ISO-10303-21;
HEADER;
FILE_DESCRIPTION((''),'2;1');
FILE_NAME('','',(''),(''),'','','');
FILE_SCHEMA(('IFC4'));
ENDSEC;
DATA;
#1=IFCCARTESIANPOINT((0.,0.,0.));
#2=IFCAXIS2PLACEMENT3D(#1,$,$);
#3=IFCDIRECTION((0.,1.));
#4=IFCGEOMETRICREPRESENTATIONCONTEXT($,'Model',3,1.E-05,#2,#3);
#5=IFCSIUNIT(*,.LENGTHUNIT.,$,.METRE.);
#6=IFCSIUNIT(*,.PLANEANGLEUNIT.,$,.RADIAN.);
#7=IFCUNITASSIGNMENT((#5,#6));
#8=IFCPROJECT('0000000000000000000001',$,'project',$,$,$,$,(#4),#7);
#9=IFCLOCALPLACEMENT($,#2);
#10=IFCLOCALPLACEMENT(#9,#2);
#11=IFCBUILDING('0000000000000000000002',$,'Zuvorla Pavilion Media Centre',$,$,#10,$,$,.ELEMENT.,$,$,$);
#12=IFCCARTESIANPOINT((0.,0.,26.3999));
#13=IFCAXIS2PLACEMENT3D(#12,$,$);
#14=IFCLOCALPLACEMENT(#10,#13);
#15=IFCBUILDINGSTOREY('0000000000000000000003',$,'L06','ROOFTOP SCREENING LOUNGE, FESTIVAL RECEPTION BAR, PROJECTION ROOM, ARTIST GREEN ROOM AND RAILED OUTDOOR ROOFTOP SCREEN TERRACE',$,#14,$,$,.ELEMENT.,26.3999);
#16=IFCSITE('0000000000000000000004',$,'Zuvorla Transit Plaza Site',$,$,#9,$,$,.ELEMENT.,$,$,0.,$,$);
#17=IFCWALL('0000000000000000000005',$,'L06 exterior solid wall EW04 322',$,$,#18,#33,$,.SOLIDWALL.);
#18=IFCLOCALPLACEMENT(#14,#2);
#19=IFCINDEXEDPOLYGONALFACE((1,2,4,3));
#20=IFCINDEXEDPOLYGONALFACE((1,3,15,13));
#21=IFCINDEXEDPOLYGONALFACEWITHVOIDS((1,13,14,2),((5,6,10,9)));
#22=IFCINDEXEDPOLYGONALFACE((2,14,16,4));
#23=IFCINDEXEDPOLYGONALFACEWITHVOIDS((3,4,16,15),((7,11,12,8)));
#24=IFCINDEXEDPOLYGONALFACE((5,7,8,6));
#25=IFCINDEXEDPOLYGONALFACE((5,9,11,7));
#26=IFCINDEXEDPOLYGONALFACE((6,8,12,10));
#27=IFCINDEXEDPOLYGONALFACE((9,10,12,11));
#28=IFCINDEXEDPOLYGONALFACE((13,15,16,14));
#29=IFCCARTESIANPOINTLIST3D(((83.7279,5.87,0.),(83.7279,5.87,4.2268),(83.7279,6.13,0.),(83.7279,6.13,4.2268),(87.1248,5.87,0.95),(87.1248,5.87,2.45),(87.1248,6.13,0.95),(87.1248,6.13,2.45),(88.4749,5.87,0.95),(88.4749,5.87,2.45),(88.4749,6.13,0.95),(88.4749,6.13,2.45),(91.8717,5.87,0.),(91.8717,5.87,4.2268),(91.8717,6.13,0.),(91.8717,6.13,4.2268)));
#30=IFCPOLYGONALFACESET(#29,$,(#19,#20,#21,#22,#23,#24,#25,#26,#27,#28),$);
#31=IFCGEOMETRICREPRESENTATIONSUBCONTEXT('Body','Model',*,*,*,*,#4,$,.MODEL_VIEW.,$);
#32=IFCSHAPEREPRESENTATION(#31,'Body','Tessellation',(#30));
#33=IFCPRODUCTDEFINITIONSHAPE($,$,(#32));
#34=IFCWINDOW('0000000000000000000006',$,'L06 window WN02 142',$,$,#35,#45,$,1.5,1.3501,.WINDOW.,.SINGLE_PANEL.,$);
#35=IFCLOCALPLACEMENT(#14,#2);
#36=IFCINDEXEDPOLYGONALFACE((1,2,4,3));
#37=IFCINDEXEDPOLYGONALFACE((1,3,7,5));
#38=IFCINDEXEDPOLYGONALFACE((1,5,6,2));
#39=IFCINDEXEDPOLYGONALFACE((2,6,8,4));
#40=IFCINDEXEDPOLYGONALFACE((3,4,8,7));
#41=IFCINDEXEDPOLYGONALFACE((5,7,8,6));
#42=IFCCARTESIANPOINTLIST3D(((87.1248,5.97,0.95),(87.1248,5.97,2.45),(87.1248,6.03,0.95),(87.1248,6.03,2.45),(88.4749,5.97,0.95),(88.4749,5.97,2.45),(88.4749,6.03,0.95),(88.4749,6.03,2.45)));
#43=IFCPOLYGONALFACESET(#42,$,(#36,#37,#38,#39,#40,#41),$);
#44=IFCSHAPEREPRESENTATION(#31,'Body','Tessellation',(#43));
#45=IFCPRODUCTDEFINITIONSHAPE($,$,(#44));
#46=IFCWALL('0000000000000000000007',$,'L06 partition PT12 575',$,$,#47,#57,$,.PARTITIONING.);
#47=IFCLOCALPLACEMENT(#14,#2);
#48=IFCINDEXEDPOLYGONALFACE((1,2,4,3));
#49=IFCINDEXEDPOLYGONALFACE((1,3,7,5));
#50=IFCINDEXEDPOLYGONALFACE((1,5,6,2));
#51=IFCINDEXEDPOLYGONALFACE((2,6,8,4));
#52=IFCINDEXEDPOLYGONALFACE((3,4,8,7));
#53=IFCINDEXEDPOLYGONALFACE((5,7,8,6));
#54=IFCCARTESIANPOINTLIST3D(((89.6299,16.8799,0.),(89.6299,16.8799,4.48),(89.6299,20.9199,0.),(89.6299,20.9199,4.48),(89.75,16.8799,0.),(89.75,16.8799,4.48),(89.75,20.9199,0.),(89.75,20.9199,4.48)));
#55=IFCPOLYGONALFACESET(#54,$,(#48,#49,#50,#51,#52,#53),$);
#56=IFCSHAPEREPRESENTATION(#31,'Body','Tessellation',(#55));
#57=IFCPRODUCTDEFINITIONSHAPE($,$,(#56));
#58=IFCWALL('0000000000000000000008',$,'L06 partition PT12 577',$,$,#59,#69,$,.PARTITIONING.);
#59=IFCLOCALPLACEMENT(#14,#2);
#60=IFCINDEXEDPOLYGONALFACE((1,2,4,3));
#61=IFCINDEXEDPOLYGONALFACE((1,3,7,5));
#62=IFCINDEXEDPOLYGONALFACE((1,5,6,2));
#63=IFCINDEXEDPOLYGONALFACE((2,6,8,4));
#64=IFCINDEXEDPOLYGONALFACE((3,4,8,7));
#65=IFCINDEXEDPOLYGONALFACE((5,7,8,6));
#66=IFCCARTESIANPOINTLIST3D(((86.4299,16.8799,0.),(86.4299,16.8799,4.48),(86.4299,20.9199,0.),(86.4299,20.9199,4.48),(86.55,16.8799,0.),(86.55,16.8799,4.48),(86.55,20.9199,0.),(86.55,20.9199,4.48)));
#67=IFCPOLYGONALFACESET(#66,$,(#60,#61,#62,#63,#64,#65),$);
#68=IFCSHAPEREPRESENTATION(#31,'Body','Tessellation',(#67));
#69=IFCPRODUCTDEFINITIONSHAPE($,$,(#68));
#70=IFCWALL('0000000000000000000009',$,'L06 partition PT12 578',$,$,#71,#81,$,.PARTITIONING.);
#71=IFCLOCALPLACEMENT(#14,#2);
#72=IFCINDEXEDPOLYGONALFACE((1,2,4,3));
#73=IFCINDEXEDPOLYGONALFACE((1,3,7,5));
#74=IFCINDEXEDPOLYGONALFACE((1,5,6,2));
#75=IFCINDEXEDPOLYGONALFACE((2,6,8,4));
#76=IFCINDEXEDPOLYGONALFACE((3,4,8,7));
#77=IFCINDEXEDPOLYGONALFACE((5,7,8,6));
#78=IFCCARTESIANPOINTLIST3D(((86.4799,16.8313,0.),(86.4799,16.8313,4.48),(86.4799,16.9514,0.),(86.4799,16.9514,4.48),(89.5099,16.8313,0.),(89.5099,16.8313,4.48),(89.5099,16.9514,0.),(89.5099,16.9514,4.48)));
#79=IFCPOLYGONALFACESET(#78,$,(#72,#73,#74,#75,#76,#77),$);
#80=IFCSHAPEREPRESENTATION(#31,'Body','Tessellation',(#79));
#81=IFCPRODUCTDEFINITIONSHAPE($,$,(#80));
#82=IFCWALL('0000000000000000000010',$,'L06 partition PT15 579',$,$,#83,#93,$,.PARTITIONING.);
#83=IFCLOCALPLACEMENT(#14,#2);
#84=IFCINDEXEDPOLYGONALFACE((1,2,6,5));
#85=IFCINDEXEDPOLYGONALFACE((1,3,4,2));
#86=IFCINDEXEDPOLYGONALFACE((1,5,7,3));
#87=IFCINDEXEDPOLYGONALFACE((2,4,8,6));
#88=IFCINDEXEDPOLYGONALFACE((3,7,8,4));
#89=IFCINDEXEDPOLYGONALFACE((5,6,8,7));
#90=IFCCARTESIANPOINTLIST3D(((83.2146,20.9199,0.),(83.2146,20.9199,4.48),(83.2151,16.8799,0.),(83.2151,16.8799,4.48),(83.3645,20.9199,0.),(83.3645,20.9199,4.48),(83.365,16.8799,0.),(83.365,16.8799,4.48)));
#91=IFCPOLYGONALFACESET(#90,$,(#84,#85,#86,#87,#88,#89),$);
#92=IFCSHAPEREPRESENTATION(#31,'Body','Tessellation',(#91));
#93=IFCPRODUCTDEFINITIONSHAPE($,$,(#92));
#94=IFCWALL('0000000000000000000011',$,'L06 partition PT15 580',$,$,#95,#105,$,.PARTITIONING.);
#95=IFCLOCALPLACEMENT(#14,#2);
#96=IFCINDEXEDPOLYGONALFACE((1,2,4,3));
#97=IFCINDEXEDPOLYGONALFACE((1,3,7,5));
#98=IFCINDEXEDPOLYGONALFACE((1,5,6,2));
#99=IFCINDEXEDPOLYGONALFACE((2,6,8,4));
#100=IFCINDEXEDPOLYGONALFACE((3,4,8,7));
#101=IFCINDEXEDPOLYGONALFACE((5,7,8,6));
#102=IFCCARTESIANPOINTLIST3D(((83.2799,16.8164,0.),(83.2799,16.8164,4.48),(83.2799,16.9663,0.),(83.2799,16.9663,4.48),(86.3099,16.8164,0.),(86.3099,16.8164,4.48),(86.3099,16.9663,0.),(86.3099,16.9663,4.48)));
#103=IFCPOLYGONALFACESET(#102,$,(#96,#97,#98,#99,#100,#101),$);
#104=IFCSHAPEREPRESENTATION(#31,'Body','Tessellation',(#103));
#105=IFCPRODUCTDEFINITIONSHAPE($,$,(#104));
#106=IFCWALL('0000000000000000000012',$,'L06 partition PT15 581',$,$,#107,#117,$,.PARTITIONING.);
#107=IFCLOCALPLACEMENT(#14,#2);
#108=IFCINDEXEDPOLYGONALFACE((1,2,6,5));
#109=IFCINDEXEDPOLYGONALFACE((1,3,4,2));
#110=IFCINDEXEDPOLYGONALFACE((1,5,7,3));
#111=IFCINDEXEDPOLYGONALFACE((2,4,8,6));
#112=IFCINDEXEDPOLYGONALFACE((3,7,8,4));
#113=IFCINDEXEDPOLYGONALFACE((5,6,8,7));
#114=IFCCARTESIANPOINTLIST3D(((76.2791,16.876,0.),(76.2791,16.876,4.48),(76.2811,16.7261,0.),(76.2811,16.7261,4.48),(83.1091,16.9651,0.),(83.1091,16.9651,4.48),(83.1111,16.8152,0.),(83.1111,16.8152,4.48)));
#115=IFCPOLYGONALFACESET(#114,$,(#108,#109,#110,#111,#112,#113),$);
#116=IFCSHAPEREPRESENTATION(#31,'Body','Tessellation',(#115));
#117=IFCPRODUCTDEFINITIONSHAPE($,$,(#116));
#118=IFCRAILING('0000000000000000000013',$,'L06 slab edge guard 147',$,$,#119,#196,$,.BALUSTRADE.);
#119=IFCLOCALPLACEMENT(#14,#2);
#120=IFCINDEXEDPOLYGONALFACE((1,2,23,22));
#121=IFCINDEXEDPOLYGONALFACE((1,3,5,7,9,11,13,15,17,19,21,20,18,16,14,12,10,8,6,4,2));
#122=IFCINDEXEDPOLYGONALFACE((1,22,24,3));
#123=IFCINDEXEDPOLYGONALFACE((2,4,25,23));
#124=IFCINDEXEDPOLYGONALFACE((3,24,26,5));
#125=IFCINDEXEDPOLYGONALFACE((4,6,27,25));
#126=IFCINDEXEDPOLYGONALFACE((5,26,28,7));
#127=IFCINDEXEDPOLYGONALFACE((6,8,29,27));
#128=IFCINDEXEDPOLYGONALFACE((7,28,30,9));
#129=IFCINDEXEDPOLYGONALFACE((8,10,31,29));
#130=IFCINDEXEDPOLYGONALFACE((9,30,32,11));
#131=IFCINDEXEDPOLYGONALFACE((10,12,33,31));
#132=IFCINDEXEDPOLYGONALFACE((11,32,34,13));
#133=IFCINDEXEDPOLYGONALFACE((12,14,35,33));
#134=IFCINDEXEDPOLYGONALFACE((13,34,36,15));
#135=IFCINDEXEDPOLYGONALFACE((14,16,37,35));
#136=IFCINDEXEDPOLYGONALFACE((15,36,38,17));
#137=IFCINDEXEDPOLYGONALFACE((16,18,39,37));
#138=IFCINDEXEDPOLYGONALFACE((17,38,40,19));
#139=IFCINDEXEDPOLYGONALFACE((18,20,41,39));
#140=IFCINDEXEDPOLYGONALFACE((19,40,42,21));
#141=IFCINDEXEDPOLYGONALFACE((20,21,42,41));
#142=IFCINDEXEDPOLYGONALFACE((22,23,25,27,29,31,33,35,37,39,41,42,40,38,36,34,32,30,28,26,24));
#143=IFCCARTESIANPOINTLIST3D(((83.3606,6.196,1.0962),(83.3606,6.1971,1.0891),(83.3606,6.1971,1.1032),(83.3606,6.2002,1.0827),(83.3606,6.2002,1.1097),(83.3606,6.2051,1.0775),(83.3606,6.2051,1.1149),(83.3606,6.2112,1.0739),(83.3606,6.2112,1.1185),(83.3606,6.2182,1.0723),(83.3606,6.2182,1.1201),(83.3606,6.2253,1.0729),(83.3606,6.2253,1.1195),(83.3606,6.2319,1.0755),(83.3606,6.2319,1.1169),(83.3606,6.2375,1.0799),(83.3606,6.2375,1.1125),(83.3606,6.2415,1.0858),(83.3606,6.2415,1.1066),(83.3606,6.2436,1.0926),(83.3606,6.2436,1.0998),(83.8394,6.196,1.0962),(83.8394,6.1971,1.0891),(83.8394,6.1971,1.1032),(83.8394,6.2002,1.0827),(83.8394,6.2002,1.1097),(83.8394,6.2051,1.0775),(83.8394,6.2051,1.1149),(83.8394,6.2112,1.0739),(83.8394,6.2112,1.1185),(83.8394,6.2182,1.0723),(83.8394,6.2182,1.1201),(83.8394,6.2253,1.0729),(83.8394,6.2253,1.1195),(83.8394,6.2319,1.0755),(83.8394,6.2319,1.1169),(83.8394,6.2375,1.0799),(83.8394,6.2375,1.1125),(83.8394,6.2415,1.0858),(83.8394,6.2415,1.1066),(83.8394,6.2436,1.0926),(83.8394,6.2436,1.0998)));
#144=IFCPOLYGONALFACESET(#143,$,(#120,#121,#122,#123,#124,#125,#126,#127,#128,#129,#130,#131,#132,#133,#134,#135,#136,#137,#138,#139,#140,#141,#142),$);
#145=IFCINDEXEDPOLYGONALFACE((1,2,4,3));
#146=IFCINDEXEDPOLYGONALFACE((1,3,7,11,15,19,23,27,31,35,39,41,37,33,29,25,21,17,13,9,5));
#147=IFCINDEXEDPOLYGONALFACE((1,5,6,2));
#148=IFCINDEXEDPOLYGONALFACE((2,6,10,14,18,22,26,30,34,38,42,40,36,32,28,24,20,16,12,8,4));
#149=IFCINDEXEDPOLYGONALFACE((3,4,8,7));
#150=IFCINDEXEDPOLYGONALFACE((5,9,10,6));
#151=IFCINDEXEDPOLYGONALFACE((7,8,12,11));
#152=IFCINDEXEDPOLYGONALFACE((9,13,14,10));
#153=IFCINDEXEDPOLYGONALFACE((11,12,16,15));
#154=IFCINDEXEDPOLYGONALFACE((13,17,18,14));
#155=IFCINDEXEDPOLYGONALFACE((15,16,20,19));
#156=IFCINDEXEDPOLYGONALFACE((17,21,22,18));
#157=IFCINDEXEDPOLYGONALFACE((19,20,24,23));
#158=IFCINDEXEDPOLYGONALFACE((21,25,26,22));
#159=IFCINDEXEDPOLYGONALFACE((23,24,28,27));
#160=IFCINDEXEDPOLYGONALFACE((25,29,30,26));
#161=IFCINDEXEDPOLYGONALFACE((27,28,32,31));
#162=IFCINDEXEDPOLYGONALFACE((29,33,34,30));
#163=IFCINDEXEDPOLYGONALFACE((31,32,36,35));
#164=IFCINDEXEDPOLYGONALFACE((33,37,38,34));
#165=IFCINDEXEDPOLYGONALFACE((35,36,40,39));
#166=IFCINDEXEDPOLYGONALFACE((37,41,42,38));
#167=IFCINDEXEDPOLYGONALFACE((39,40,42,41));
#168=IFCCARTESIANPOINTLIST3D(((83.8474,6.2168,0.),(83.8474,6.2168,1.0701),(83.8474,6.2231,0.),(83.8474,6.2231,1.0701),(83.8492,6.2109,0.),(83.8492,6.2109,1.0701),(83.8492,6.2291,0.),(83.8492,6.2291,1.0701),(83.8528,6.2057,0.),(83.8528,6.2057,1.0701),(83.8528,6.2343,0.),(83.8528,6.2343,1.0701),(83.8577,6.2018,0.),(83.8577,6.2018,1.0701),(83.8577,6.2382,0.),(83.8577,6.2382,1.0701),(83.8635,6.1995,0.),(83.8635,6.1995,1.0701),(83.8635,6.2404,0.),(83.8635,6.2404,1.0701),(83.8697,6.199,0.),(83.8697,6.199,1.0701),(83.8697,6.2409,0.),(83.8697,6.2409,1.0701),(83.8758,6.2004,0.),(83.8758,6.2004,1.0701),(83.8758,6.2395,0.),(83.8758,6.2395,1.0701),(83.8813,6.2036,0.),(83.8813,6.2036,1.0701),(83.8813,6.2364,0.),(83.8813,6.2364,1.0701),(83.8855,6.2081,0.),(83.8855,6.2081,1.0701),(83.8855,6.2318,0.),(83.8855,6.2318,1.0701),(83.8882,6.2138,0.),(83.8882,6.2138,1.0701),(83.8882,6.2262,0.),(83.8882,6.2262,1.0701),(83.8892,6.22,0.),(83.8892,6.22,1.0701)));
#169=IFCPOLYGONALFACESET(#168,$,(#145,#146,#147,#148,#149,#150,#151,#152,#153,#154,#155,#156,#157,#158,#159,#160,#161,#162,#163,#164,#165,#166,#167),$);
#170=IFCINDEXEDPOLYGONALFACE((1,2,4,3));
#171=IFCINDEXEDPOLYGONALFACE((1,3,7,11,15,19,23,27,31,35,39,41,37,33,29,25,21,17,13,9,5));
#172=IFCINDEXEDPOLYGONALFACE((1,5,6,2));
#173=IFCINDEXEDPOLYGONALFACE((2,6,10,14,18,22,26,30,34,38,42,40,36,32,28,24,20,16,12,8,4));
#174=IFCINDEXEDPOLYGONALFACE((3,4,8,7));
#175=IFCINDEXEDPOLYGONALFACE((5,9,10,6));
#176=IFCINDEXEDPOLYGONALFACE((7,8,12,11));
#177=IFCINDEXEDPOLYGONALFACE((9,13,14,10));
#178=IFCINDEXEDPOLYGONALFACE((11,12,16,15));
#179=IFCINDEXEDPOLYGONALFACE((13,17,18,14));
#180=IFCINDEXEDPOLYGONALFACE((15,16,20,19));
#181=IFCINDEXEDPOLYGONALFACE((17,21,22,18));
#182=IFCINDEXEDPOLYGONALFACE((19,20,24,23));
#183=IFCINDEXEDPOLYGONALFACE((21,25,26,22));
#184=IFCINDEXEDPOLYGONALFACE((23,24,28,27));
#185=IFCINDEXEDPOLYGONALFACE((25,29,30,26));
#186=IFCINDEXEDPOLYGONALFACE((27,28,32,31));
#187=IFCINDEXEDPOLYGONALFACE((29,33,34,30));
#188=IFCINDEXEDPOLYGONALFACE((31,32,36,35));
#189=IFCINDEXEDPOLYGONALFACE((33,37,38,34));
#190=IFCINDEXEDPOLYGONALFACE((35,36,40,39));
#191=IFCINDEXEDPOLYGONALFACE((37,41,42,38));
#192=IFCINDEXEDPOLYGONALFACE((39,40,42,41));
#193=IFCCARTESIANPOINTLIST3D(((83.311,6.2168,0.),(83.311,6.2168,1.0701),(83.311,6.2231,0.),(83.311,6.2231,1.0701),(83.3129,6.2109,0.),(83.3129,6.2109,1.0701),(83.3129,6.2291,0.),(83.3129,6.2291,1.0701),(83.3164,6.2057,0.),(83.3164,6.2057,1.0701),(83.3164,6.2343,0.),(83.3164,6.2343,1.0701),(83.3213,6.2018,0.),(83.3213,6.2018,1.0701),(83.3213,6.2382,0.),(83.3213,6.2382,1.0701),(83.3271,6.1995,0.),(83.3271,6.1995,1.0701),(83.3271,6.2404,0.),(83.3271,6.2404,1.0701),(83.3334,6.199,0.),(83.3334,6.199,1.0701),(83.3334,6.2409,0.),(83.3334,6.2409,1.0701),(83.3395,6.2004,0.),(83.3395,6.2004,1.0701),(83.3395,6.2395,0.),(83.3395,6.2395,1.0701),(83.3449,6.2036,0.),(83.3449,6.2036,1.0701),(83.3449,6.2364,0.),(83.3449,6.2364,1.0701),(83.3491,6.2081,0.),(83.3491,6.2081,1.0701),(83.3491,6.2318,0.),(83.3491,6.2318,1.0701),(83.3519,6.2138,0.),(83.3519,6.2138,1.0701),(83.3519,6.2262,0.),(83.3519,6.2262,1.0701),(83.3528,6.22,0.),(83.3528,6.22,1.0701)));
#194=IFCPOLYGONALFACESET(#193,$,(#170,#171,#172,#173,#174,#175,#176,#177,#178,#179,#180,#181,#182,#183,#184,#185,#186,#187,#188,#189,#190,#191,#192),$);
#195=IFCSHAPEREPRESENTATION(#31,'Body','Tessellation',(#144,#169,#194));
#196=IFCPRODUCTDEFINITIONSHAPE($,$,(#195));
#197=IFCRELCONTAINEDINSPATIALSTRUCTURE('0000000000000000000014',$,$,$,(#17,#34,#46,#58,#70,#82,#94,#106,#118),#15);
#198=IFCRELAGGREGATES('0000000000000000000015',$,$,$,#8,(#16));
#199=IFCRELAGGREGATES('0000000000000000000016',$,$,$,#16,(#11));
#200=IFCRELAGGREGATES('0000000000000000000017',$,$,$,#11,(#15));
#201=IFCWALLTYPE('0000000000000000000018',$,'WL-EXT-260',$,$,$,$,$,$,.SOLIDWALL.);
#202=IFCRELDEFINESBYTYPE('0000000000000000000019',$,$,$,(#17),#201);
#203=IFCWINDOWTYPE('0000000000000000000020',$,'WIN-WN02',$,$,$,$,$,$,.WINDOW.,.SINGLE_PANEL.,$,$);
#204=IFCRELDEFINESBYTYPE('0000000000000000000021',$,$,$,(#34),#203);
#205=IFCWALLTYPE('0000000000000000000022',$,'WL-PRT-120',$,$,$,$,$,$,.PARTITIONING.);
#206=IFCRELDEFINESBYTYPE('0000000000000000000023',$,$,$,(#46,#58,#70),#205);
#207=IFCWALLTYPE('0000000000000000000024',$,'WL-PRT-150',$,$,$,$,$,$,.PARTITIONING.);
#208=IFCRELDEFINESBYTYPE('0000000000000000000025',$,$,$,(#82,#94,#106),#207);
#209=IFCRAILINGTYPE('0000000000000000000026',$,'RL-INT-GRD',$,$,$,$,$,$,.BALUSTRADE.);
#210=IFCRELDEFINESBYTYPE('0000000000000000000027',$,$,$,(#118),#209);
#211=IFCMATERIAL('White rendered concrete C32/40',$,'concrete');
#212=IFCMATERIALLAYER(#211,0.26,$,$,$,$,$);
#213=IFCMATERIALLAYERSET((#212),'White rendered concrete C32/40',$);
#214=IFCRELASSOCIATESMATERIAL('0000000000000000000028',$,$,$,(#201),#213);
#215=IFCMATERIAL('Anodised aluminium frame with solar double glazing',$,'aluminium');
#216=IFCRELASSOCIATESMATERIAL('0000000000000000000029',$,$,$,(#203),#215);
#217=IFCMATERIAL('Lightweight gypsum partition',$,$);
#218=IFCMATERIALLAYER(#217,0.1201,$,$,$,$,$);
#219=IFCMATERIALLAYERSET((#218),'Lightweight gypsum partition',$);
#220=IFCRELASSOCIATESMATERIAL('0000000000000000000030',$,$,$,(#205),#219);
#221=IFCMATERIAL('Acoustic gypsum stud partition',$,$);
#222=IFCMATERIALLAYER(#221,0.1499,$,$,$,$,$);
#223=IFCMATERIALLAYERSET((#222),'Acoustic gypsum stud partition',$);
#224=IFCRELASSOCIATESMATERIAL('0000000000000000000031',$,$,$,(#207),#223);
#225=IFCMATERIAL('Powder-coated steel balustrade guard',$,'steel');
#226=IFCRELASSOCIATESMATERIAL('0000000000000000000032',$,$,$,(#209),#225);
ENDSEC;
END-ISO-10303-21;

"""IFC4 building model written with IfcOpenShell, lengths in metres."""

from ifc_helpers import new_model, si_unit, direction, frame, frame_2d, origin, origin_2d, place, context, subcontext, project, spatial, rectangle, circle, extrude, material, layer, layer_set, type_object, element, fill, save


model = new_model("IFC4")

# Units and contexts
model_context = context("Model", 3, precision=1e-05, world=origin(), true_north=direction((0.0, 1.0)))
body_context = subcontext(model_context, "Body", "Model", "MODEL_VIEW")
ifc_project = project(units=[si_unit("LENGTHUNIT", "METRE"), si_unit("PLANEANGLEUNIT", "RADIAN")], contexts=[model_context])

# Site, building, storey
site_placement = place(None, origin())
site = spatial("IfcSite", under=ifc_project, at=site_placement, Name="Zuvorla Transit Plaza Site", CompositionType="ELEMENT", RefElevation=0.0)
building_placement = place(site_placement, origin())
building = spatial("IfcBuilding", under=site, at=building_placement, Name="Zuvorla Pavilion Media Centre", CompositionType="ELEMENT")
storey_placement = place(building_placement, frame((0.0, 0.0, 26.3999)))
storey = spatial("IfcBuildingStorey", under=building, at=storey_placement, Name="L06", Description="ROOFTOP SCREENING LOUNGE, FESTIVAL RECEPTION BAR, PROJECTION ROOM, ARTIST GREEN ROOM AND RAILED OUTDOOR ROOFTOP SCREEN TERRACE", CompositionType="ELEMENT", Elevation=26.3999)

# Wall, opening, window
ifc_material_1 = material(Name="White rendered concrete C32/40", Category="concrete")
ifc_layer_1 = layer(ifc_material_1, 0.26)
ifc_layer_set_1 = layer_set([ifc_layer_1], Name="White rendered concrete C32/40")
wall_type_1 = type_object("IfcWallType", Name="WL-EXT-260", PredefinedType="SOLIDWALL", material=ifc_layer_set_1)
wall_1_placement = place(storey_placement, frame((83.728, 6.0, 0.0), z_axis=(0.0, 0.0, 1.0), x_axis=(1.0, 0.0, 0.0)))
wall_1 = element("IfcWall", 1, at=wall_1_placement, inside=storey, type_object=wall_type_1, Name="L06 exterior solid wall EW04 322", PredefinedType="SOLIDWALL", context=body_context, shape_type="SweptSolid", body=[
    extrude(rectangle(XDim=8.1438, YDim=0.26, at=frame_2d((4.0718, 0.0))), origin(), (0.0, 0.0, 1.0), 4.2268),
])
opening_1_placement = place(wall_1_placement, frame((3.3967, 0.0, 0.95)))
opening_1 = element("IfcOpeningElement", 2, at=opening_1_placement, cuts=wall_1, PredefinedType="OPENING", context=body_context, shape_type="SweptSolid", body=[
    extrude(rectangle(XDim=1.3501, YDim=1.5, at=frame_2d((0.675, 0.75))), frame((0.0, 0.1399, 0.0), z_axis=(0.0, -1.0, 0.0), x_axis=(1.0, 0.0, 0.0)), (0.0, 0.0, 1.0), 0.28),
])
ifc_material_2 = material(Name="Anodised aluminium frame with solar double glazing", Category="aluminium")
window_type = type_object("IfcWindowType", Name="WIN-WN02", PartitioningType="SINGLE_PANEL", PredefinedType="WINDOW", material=ifc_material_2)
window_placement = place(opening_1_placement, origin())
window = element("IfcWindow", 3, at=window_placement, inside=storey, type_object=window_type, Name="L06 window WN02 142", OverallHeight=1.5, OverallWidth=1.3501, PartitioningType="SINGLE_PANEL", PredefinedType="WINDOW", context=body_context, shape_type="SweptSolid", body=[
    extrude(rectangle(XDim=1.3501, YDim=1.5, at=frame_2d((0.675, 0.75))), frame((0.0, 0.03, 0.0), z_axis=(0.0, -1.0, 0.0), x_axis=(1.0, 0.0, 0.0)), (0.0, 0.0, 1.0), 0.0601),
])
fill(opening_1, window)

# Walls
ifc_material_3 = material(Name="Lightweight gypsum partition")
ifc_layer_2 = layer(ifc_material_3, 0.1201)
ifc_layer_set_2 = layer_set([ifc_layer_2], Name="Lightweight gypsum partition")
wall_type_2 = type_object("IfcWallType", Name="WL-PRT-120", PredefinedType="PARTITIONING", material=ifc_layer_set_2)
for number, where, z_axis, x_axis, name in (
    (4, (89.6899, 16.8799, 0.0), (0.0, 0.0, 1.0), (0.0, 1.0, 0.0), "L06 partition PT12 575"),
    (5, (86.49, 16.8799, 0.0), (0.0, 0.0, 1.0), (0.0, 1.0, 0.0), "L06 partition PT12 577"),
):
    element("IfcWall", number, at=place(storey_placement, frame(where, z_axis=z_axis, x_axis=x_axis)), inside=storey, type_object=wall_type_2, Name=name, PredefinedType="PARTITIONING", context=body_context, shape_type="SweptSolid", body=[
        extrude(rectangle(XDim=4.04, YDim=0.1201, at=frame_2d((2.02, 0.0))), origin(), (0.0, 0.0, 1.0), 4.48),
    ])
wall_2_placement = place(storey_placement, frame((89.51, 16.8914, 0.0), z_axis=(0.0, 0.0, 1.0), x_axis=(-1.0, 0.0, 0.0)))
element("IfcWall", 6, at=wall_2_placement, inside=storey, type_object=wall_type_2, Name="L06 partition PT12 578", PredefinedType="PARTITIONING", context=body_context, shape_type="SweptSolid", body=[
    extrude(rectangle(XDim=3.03, YDim=0.1201, at=frame_2d((1.5151, 0.0))), origin(), (0.0, 0.0, 1.0), 4.48),
])
ifc_material_4 = material(Name="Acoustic gypsum stud partition")
ifc_layer_3 = layer(ifc_material_4, 0.1499)
ifc_layer_set_3 = layer_set([ifc_layer_3], Name="Acoustic gypsum stud partition")
wall_type_3 = type_object("IfcWallType", Name="WL-PRT-150", PredefinedType="PARTITIONING", material=ifc_layer_set_3)
wall_3_placement = place(storey_placement, frame((83.29, 16.8799, 0.0), z_axis=(0.0, 0.0, 1.0), x_axis=(-0.000121, 1.0, 0.0)))
element("IfcWall", 7, at=wall_3_placement, inside=storey, type_object=wall_type_3, Name="L06 partition PT15 579", PredefinedType="PARTITIONING", context=body_context, shape_type="SweptSolid", body=[
    extrude(rectangle(XDim=4.04, YDim=0.1499, at=frame_2d((2.02, 0.0))), origin(), (0.0, 0.0, 1.0), 4.48),
])
wall_4_placement = place(storey_placement, frame((86.3101, 16.8914, 0.0), z_axis=(0.0, 0.0, 1.0), x_axis=(-1.0, 0.0, 0.0)))
element("IfcWall", 8, at=wall_4_placement, inside=storey, type_object=wall_type_3, Name="L06 partition PT15 580", PredefinedType="PARTITIONING", context=body_context, shape_type="SweptSolid", body=[
    extrude(rectangle(XDim=3.03, YDim=0.1499, at=frame_2d((1.5151, 0.0))), origin(), (0.0, 0.0, 1.0), 4.48),
])
wall_5_placement = place(storey_placement, frame((83.1101, 16.8901, 0.0), z_axis=(0.0, 0.0, 1.0), x_axis=(-0.999915, -0.013046, 0.0)))
element("IfcWall", 9, at=wall_5_placement, inside=storey, type_object=wall_type_3, Name="L06 partition PT15 581", PredefinedType="PARTITIONING", context=body_context, shape_type="SweptSolid", body=[
    extrude(rectangle(XDim=6.8306, YDim=0.1499, at=frame_2d((3.4153, 0.0))), origin(), (0.0, 0.0, 1.0), 4.48),
])

# Railing
ifc_material_5 = material(Name="Powder-coated steel balustrade guard", Category="steel")
railing_type = type_object("IfcRailingType", Name="RL-INT-GRD", PredefinedType="BALUSTRADE", material=ifc_material_5)
railing_placement = place(storey_placement, frame((83.8682, 6.22, 0.0)))
element("IfcRailing", 10, at=railing_placement, inside=storey, type_object=railing_type, Name="L06 slab edge guard 147", PredefinedType="BALUSTRADE", context=body_context, shape_type="SweptSolid", body=[
    extrude(circle(Radius=0.0239, at=origin_2d()), frame((-0.0288, 0.0, 1.0962), z_axis=(-1.0, 0.0, 0.0), x_axis=(0.0, -1.0, 0.0)), (0.0, 0.0, 1.0), 0.4788),
    extrude(circle(Radius=0.021, at=origin_2d()), origin(), (0.0, 0.0, 1.0), 1.0701),
    extrude(circle(Radius=0.021, at=origin_2d()), frame((-0.5364, 0.0, 0.0)), (0.0, 0.0, 1.0), 1.0701),
])

save(model, "model.ifc")
